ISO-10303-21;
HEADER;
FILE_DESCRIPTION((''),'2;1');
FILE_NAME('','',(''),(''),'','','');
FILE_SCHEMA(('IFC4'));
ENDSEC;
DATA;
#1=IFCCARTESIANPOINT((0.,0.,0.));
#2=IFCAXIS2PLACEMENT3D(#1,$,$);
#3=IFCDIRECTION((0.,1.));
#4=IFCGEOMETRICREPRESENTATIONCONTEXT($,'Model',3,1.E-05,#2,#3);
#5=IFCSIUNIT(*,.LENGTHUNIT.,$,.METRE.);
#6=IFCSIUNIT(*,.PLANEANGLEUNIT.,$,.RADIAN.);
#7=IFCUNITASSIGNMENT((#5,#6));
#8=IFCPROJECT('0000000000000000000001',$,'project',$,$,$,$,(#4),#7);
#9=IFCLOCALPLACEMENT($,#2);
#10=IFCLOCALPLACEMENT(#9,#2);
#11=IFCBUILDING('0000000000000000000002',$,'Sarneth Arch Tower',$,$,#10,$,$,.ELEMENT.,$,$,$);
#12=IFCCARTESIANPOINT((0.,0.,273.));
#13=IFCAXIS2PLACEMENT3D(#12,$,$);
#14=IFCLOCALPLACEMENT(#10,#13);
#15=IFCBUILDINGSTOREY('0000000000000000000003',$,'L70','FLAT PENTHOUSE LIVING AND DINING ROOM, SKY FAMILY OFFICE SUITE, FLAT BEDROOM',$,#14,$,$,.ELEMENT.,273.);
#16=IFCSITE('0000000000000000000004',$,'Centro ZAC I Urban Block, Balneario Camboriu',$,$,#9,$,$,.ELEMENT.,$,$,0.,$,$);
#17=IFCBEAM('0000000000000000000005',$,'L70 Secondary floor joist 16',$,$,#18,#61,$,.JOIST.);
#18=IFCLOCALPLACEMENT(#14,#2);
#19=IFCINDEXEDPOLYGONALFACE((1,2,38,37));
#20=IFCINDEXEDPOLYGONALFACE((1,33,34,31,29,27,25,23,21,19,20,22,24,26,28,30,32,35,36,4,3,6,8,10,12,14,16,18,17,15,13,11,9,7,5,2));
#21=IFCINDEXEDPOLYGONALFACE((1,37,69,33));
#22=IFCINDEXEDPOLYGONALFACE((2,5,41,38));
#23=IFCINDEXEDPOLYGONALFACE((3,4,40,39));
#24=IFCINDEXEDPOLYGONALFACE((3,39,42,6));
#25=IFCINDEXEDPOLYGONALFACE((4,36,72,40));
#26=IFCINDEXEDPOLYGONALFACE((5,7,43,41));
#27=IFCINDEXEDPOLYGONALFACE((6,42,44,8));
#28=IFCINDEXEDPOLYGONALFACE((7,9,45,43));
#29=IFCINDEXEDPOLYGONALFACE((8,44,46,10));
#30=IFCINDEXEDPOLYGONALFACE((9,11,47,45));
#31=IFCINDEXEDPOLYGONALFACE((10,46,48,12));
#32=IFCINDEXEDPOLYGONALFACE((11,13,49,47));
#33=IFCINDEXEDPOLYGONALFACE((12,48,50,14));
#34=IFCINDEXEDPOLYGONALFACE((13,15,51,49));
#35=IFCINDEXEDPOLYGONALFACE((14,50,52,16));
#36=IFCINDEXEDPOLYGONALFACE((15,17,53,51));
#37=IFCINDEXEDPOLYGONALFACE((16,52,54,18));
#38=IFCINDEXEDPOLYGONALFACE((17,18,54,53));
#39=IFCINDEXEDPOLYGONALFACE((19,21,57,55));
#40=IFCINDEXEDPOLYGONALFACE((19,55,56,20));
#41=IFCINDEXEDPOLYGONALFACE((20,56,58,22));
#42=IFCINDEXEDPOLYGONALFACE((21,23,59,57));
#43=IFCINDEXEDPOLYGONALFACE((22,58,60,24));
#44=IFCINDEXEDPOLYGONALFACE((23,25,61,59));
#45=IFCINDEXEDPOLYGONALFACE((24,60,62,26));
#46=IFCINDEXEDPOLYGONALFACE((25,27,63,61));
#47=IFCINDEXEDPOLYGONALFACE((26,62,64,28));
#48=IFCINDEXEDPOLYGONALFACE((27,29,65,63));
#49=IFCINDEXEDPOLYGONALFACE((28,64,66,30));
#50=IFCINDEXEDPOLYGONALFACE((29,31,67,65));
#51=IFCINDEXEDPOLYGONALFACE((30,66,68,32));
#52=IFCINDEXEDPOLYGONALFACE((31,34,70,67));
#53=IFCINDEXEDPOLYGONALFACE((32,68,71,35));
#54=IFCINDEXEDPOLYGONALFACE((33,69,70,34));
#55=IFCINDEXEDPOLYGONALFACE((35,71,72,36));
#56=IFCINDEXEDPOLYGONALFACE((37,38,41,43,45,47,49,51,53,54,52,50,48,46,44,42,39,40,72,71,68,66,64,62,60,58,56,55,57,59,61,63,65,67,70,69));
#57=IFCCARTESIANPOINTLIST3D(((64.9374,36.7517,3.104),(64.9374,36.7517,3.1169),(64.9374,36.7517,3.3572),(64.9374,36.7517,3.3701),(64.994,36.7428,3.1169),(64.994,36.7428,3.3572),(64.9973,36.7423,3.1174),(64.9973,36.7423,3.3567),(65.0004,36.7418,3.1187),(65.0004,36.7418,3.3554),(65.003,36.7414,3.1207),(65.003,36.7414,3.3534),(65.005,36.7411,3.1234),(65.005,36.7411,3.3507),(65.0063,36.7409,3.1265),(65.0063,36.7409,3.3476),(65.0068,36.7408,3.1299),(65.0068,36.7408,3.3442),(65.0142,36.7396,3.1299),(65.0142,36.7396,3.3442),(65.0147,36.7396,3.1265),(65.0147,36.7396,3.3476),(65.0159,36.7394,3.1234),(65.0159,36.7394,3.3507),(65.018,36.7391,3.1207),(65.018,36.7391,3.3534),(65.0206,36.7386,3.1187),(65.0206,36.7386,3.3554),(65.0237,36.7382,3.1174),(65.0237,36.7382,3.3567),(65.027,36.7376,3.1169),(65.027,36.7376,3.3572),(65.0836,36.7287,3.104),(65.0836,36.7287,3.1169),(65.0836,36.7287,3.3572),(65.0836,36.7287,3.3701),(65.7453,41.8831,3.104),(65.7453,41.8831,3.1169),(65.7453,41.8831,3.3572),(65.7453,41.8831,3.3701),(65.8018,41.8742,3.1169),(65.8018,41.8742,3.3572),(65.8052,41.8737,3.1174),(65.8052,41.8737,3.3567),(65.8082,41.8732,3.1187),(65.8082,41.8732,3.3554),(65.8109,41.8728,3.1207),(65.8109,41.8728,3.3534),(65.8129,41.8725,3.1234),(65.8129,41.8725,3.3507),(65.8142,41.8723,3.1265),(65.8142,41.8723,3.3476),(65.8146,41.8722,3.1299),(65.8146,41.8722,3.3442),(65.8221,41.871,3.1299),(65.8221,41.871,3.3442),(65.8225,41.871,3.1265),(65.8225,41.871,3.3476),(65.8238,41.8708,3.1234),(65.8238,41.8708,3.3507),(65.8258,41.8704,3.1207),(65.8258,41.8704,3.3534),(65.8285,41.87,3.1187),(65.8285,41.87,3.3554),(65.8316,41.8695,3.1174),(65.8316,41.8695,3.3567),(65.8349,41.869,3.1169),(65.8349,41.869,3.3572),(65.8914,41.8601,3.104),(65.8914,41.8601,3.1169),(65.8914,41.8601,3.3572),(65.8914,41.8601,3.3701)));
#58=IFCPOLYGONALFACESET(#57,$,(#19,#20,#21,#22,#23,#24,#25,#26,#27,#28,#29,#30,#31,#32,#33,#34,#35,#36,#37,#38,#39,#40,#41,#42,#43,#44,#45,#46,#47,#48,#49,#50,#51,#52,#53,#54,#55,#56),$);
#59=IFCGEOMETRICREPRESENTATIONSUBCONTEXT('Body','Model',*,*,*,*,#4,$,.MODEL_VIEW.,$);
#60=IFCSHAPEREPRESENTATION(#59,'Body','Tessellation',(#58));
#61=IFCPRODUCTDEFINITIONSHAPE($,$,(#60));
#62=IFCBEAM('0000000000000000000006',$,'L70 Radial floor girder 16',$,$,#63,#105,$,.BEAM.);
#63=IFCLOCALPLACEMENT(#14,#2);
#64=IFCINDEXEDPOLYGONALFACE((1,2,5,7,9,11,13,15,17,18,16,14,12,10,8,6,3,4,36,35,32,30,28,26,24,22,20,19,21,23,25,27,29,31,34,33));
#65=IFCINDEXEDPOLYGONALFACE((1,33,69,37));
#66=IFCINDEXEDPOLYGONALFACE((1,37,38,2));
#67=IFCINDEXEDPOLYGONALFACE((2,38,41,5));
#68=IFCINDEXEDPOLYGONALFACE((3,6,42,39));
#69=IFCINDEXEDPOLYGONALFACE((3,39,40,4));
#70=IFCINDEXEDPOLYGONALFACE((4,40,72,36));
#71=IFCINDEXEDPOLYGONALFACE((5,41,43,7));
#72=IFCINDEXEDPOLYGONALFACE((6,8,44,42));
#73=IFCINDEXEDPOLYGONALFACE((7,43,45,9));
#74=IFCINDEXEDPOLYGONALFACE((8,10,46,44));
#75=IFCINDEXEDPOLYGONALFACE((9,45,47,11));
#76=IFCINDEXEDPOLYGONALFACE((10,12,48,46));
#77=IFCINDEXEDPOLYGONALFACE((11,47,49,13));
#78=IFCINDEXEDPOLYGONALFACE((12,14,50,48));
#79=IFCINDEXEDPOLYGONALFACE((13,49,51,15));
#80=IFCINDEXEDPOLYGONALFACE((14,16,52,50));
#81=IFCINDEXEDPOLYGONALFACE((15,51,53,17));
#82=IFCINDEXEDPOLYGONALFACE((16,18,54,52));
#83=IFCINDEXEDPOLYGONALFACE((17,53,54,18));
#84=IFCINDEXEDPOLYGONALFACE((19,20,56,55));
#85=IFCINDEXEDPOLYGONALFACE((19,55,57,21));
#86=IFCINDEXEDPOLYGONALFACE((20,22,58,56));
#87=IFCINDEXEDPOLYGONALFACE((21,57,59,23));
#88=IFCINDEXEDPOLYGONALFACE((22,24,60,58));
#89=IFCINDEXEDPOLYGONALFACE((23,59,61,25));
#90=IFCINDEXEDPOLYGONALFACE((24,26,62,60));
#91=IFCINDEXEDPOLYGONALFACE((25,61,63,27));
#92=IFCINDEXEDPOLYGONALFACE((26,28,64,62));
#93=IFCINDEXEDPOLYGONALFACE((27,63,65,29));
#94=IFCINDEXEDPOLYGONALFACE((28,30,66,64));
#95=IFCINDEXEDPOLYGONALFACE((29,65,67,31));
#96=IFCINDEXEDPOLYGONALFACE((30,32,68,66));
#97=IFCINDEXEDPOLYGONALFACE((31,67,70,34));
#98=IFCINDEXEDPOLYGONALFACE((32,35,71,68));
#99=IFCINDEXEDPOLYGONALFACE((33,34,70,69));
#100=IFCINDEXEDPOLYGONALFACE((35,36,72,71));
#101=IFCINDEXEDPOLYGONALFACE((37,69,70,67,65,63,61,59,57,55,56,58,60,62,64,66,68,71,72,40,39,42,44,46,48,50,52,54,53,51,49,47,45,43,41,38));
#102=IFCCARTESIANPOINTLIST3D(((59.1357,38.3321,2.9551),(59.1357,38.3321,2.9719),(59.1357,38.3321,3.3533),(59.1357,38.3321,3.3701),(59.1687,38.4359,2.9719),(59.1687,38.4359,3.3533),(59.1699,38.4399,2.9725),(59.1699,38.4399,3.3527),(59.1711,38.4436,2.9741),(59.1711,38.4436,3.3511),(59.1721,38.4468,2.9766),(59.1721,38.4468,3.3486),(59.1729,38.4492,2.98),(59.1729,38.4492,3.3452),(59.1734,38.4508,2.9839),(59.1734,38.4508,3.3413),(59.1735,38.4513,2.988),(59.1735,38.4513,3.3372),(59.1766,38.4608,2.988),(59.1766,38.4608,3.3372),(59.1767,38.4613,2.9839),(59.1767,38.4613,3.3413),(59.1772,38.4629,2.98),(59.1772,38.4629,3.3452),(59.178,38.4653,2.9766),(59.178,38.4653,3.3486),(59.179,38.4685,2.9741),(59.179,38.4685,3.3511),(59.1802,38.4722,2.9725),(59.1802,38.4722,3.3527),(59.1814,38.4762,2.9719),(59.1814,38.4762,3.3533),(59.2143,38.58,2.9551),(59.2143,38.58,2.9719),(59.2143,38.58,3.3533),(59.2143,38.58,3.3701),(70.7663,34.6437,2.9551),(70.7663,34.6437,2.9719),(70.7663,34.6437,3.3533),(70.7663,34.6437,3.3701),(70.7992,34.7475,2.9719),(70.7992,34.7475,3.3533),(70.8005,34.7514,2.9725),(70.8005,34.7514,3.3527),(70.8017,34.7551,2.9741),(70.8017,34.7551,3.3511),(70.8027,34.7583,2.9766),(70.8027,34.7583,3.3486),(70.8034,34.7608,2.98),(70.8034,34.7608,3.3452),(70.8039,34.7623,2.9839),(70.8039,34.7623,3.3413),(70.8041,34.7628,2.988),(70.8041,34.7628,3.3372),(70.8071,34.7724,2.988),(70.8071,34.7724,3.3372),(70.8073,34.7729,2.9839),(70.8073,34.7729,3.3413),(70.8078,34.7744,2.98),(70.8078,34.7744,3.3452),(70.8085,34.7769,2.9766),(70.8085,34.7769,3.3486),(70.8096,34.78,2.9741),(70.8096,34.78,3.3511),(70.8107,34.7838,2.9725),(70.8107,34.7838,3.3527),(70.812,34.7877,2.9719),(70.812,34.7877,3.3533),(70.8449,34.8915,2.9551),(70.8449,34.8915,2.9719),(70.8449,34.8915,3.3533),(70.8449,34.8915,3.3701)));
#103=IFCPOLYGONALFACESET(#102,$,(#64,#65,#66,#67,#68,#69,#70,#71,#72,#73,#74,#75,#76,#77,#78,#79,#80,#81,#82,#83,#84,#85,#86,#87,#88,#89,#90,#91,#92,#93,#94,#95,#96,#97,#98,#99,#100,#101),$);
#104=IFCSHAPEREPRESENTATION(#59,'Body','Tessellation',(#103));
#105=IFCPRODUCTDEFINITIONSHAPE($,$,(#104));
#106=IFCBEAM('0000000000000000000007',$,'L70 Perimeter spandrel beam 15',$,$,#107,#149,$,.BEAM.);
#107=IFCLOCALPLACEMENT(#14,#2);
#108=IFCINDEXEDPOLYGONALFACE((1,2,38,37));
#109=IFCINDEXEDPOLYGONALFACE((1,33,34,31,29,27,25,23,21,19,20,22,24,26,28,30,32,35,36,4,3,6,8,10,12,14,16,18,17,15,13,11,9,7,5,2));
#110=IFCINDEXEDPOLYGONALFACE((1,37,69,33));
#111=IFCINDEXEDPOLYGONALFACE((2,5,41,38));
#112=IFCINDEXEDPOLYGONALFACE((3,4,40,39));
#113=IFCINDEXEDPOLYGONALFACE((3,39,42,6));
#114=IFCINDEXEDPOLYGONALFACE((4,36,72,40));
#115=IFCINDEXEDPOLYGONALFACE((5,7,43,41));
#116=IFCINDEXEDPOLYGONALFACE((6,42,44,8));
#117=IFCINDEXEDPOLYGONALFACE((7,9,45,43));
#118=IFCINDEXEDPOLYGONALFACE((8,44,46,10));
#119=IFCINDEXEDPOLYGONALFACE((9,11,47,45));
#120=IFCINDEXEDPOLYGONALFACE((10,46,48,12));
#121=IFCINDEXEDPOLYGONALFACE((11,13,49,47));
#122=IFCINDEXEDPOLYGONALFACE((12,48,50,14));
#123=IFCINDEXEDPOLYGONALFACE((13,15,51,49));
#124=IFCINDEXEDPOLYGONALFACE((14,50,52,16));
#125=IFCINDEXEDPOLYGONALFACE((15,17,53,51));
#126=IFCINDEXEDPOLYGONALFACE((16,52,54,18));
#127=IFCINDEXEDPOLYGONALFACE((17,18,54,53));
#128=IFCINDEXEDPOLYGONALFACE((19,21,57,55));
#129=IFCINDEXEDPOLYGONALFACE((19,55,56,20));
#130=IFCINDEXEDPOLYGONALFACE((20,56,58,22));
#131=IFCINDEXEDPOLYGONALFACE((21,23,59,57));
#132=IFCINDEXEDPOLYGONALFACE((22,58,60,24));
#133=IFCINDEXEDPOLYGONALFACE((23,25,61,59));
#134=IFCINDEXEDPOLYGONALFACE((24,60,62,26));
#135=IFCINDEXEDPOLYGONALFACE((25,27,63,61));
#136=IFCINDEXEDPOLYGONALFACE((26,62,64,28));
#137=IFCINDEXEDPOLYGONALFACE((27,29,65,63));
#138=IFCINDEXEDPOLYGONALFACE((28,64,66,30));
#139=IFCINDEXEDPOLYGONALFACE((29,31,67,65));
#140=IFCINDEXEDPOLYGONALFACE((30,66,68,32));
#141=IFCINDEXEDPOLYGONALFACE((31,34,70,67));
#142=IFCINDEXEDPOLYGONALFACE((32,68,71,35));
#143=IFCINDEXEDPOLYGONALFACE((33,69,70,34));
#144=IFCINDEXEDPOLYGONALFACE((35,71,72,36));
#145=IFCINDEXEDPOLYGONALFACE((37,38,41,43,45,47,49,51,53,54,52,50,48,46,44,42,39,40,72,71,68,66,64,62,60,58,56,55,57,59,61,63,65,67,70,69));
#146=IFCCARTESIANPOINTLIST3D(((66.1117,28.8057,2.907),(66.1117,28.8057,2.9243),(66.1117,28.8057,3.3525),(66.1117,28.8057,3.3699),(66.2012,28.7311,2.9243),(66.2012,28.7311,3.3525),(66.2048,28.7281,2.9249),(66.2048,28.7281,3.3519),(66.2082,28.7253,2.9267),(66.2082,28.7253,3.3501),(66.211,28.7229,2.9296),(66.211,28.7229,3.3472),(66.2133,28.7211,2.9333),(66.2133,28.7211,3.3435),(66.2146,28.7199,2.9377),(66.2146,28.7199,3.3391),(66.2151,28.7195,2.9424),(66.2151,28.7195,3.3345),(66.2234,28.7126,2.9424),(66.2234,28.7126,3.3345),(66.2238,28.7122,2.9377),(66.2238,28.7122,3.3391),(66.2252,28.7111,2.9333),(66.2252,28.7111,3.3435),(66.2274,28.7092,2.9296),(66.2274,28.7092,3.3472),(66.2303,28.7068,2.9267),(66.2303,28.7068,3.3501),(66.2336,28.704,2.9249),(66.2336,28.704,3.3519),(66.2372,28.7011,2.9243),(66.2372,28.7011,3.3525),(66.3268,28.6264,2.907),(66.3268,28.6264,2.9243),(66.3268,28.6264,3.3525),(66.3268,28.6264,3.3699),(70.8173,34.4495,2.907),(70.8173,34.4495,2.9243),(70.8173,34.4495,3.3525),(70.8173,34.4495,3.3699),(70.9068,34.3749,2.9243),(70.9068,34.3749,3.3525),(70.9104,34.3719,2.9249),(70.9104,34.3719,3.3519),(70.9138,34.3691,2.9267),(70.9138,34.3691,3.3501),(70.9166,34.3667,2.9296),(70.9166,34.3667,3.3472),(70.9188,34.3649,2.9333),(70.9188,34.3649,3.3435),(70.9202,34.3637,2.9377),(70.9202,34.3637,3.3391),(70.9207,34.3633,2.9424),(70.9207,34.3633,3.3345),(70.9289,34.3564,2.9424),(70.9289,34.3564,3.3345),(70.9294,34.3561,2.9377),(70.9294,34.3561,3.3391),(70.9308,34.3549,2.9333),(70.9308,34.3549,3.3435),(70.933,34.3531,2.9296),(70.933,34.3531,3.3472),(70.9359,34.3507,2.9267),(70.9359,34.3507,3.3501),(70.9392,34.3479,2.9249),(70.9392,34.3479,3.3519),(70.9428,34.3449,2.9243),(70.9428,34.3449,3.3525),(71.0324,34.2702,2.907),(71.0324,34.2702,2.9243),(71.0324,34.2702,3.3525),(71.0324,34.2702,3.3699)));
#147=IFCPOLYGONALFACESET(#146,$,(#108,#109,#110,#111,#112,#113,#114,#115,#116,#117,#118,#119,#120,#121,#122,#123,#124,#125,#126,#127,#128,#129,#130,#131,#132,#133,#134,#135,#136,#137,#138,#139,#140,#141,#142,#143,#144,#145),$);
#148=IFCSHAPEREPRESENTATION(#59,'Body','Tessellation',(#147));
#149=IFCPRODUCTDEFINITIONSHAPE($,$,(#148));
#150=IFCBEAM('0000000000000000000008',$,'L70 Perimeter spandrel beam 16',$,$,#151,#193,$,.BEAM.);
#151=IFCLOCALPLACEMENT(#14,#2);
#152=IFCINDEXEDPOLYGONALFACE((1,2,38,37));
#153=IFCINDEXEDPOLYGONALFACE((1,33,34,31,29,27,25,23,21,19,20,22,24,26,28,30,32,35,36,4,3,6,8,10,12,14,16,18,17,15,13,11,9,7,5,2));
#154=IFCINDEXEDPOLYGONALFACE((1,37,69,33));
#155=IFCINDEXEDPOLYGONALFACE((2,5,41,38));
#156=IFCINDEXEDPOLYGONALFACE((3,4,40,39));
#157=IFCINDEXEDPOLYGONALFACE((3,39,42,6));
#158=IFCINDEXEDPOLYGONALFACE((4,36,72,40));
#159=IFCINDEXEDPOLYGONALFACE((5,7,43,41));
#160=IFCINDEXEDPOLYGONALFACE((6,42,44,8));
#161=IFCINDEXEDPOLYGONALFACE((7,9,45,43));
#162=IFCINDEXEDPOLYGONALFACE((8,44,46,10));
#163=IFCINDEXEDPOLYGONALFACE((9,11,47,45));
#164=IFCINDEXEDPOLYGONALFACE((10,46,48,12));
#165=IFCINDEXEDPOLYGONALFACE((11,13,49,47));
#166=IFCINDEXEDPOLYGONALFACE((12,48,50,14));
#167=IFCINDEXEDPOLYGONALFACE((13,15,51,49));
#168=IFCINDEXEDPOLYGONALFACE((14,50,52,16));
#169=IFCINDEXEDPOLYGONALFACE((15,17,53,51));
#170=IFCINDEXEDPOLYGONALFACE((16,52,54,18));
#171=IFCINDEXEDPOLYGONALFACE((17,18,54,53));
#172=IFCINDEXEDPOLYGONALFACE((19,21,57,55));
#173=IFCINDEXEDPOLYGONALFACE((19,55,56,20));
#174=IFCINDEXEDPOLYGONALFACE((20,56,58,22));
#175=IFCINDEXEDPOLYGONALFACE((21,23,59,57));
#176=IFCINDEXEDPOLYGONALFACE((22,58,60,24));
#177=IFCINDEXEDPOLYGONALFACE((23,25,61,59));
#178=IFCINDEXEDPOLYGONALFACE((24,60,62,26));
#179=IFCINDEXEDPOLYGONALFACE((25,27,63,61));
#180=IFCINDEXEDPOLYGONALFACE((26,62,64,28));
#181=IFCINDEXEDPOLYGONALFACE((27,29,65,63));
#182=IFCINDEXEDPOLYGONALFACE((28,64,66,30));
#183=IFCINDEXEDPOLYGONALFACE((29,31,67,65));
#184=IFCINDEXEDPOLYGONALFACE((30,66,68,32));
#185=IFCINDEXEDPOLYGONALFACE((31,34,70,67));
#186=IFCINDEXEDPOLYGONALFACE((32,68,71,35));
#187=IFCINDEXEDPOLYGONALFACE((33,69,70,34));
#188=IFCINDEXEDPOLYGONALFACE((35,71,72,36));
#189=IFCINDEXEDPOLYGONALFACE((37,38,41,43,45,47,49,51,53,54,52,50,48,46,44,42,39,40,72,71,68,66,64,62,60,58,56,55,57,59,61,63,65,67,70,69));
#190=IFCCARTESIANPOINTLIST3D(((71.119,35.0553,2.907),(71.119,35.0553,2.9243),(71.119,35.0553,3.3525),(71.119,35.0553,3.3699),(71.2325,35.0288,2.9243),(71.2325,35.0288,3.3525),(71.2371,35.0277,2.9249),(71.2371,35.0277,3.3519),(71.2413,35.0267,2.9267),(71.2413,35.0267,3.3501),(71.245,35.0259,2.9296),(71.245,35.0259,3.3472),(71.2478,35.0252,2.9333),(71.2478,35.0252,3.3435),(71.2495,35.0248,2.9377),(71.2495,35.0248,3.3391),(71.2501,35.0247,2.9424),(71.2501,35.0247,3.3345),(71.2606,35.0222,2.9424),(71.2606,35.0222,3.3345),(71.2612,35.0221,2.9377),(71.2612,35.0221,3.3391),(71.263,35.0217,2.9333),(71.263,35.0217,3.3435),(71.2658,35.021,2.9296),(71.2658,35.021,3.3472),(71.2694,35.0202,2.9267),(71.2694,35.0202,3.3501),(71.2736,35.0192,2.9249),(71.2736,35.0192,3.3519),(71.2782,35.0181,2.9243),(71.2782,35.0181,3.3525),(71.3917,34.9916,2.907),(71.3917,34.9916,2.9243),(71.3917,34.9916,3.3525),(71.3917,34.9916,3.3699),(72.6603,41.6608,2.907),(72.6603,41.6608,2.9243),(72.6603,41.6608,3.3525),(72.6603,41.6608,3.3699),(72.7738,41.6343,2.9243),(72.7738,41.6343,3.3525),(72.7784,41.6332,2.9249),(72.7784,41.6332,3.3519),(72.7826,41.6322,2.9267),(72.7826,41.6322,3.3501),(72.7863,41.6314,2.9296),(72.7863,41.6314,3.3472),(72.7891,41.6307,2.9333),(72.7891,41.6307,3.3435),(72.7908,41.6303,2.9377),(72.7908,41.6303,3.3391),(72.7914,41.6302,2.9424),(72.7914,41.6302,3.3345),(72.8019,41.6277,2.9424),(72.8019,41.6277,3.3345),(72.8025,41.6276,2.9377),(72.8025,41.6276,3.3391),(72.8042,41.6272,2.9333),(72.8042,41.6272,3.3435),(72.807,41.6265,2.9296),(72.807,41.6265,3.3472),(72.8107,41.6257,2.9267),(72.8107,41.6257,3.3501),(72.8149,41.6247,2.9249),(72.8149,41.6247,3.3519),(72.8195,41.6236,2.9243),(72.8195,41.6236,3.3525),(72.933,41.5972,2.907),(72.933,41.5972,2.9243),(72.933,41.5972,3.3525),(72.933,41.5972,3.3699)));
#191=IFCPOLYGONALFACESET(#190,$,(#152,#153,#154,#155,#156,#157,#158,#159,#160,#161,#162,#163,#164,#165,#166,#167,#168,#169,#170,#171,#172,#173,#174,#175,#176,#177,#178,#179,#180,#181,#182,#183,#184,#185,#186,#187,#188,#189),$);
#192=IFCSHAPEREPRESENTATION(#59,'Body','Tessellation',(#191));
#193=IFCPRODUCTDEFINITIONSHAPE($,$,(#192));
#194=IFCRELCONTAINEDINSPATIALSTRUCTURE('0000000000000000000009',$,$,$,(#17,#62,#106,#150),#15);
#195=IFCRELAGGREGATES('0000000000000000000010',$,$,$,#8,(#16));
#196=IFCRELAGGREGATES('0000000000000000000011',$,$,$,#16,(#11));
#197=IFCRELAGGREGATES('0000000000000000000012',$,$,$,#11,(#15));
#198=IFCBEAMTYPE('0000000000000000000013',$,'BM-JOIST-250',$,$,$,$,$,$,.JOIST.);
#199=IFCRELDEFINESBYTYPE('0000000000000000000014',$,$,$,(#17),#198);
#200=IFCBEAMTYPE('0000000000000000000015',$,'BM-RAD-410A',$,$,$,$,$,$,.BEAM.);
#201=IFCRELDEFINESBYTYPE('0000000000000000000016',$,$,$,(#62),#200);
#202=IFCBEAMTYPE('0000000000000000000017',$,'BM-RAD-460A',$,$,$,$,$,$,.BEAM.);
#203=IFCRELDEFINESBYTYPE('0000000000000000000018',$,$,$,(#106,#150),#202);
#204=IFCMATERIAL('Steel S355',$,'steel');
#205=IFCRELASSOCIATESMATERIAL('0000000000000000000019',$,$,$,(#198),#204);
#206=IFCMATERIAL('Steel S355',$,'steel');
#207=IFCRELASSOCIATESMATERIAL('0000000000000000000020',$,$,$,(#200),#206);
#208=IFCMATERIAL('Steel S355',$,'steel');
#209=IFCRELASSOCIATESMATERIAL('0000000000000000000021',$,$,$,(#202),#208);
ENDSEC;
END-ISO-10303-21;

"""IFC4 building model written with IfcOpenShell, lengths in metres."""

from ifc_helpers import new_model, si_unit, direction, frame, origin, origin_2d, place, context, subcontext, project, spatial, i_section, extrude, material, material_profile, profile_set, type_object, element, save


model = new_model("IFC4")

# Units and contexts
model_context = context("Model", 3, precision=1e-05, world=origin(), true_north=direction((0.0, 1.0)))
body_context = subcontext(model_context, "Body", "Model", "MODEL_VIEW")
ifc_project = project(units=[si_unit("LENGTHUNIT", "METRE"), si_unit("PLANEANGLEUNIT", "RADIAN")], contexts=[model_context])

# Site, building, storey
site_placement = place(None, origin())
site = spatial("IfcSite", under=ifc_project, at=site_placement, Name="Centro ZAC I Urban Block, Balneario Camboriu", CompositionType="ELEMENT", RefElevation=0.0)
building_placement = place(site_placement, origin())
building = spatial("IfcBuilding", under=site, at=building_placement, Name="Sarneth Arch Tower", CompositionType="ELEMENT")
storey_placement = place(building_placement, frame((0.0, 0.0, 273.0)))
storey = spatial("IfcBuildingStorey", under=building, at=storey_placement, Name="L70", Description="FLAT PENTHOUSE LIVING AND DINING ROOM, SKY FAMILY OFFICE SUITE, FLAT BEDROOM", CompositionType="ELEMENT", Elevation=273.0)

# Beams
ifc_material_1 = material(Name="Steel S355", Category="steel")
ifc_material_profile_1 = material_profile(ifc_material_1, i_section(OverallWidth=0.1479, OverallDepth=0.2661, WebThickness=0.0076, FlangeThickness=0.0129, FilletRadius=0.0129, at=origin_2d()), Name="W250x44.8")
ifc_profile_set_1 = profile_set([ifc_material_profile_1], Name="Steel S355")
beam_type_1 = type_object("IfcBeamType", Name="BM-JOIST-250", PredefinedType="JOIST", material=ifc_profile_set_1)
beam_1_placement = place(storey_placement, frame((65.0105, 36.7402, 3.2371), z_axis=(0.155521, 0.987833, 0.0), x_axis=(-0.987833, 0.155521, 0.0)))
element("IfcBeam", 1, at=beam_1_placement, inside=storey, type_object=beam_type_1, Name="L70 Secondary floor joist 16", PredefinedType="JOIST", context=body_context, shape_type="SweptSolid", body=[
    extrude(i_section(OverallWidth=0.1479, OverallDepth=0.2661, WebThickness=0.0076, FlangeThickness=0.0129, FilletRadius=0.0129, at=origin_2d()), origin(), (0.0, 0.0, 1.0), 5.1946),
])
ifc_material_2 = material(Name="Steel S355", Category="steel")
ifc_material_profile_2 = material_profile(ifc_material_2, i_section(OverallWidth=0.26, OverallDepth=0.415, WebThickness=0.01, FlangeThickness=0.0168, FilletRadius=0.0161, at=origin_2d()), Name="W410x100")
ifc_profile_set_2 = profile_set([ifc_material_profile_2], Name="Steel S355")
beam_type_2 = type_object("IfcBeamType", Name="BM-RAD-410A", PredefinedType="BEAM", material=ifc_profile_set_2)
beam_2_placement = place(storey_placement, frame((59.175, 38.4561, 3.1626), z_axis=(0.953214, -0.302298, 0.0), x_axis=(0.302298, 0.953214, 0.0)))
element("IfcBeam", 2, at=beam_2_placement, inside=storey, type_object=beam_type_2, Name="L70 Radial floor girder 16", PredefinedType="BEAM", context=body_context, shape_type="SweptSolid", body=[
    extrude(i_section(OverallWidth=0.26, OverallDepth=0.415, WebThickness=0.01, FlangeThickness=0.0168, FilletRadius=0.0161, at=origin_2d()), origin(), (0.0, 0.0, 1.0), 12.2014),
])
ifc_material_3 = material(Name="Steel S355", Category="steel")
ifc_material_profile_3 = material_profile(ifc_material_3, i_section(OverallWidth=0.28, OverallDepth=0.4629, WebThickness=0.0107, FlangeThickness=0.0173, FilletRadius=0.0181, at=origin_2d()), Name="W460x113")
ifc_profile_set_3 = profile_set([ifc_material_profile_3], Name="Steel S355")
beam_type_3 = type_object("IfcBeamType", Name="BM-RAD-460A", PredefinedType="BEAM", material=ifc_profile_set_3)
beam_3_placement = place(storey_placement, frame((66.2192, 28.7161, 3.1384), z_axis=(0.640377, 0.768061, 0.0), x_axis=(-0.768061, 0.640377, 0.0)))
element("IfcBeam", 3, at=beam_3_placement, inside=storey, type_object=beam_type_3, Name="L70 Perimeter spandrel beam 15", PredefinedType="BEAM", context=body_context, shape_type="SweptSolid", body=[
    extrude(i_section(OverallWidth=0.28, OverallDepth=0.4629, WebThickness=0.0107, FlangeThickness=0.0173, FilletRadius=0.0181, at=origin_2d()), origin(), (0.0, 0.0, 1.0), 7.3481),
])
beam_4_placement = place(storey_placement, frame((71.2554, 35.0234, 3.1384), z_axis=(0.227227, 0.973842, 0.0), x_axis=(-0.973842, 0.227227, 0.0)))
element("IfcBeam", 4, at=beam_4_placement, inside=storey, type_object=beam_type_3, Name="L70 Perimeter spandrel beam 16", PredefinedType="BEAM", context=body_context, shape_type="SweptSolid", body=[
    extrude(i_section(OverallWidth=0.28, OverallDepth=0.4629, WebThickness=0.0107, FlangeThickness=0.0173, FilletRadius=0.0181, at=origin_2d()), origin(), (0.0, 0.0, 1.0), 6.783),
])

save(model, "model.ifc")
